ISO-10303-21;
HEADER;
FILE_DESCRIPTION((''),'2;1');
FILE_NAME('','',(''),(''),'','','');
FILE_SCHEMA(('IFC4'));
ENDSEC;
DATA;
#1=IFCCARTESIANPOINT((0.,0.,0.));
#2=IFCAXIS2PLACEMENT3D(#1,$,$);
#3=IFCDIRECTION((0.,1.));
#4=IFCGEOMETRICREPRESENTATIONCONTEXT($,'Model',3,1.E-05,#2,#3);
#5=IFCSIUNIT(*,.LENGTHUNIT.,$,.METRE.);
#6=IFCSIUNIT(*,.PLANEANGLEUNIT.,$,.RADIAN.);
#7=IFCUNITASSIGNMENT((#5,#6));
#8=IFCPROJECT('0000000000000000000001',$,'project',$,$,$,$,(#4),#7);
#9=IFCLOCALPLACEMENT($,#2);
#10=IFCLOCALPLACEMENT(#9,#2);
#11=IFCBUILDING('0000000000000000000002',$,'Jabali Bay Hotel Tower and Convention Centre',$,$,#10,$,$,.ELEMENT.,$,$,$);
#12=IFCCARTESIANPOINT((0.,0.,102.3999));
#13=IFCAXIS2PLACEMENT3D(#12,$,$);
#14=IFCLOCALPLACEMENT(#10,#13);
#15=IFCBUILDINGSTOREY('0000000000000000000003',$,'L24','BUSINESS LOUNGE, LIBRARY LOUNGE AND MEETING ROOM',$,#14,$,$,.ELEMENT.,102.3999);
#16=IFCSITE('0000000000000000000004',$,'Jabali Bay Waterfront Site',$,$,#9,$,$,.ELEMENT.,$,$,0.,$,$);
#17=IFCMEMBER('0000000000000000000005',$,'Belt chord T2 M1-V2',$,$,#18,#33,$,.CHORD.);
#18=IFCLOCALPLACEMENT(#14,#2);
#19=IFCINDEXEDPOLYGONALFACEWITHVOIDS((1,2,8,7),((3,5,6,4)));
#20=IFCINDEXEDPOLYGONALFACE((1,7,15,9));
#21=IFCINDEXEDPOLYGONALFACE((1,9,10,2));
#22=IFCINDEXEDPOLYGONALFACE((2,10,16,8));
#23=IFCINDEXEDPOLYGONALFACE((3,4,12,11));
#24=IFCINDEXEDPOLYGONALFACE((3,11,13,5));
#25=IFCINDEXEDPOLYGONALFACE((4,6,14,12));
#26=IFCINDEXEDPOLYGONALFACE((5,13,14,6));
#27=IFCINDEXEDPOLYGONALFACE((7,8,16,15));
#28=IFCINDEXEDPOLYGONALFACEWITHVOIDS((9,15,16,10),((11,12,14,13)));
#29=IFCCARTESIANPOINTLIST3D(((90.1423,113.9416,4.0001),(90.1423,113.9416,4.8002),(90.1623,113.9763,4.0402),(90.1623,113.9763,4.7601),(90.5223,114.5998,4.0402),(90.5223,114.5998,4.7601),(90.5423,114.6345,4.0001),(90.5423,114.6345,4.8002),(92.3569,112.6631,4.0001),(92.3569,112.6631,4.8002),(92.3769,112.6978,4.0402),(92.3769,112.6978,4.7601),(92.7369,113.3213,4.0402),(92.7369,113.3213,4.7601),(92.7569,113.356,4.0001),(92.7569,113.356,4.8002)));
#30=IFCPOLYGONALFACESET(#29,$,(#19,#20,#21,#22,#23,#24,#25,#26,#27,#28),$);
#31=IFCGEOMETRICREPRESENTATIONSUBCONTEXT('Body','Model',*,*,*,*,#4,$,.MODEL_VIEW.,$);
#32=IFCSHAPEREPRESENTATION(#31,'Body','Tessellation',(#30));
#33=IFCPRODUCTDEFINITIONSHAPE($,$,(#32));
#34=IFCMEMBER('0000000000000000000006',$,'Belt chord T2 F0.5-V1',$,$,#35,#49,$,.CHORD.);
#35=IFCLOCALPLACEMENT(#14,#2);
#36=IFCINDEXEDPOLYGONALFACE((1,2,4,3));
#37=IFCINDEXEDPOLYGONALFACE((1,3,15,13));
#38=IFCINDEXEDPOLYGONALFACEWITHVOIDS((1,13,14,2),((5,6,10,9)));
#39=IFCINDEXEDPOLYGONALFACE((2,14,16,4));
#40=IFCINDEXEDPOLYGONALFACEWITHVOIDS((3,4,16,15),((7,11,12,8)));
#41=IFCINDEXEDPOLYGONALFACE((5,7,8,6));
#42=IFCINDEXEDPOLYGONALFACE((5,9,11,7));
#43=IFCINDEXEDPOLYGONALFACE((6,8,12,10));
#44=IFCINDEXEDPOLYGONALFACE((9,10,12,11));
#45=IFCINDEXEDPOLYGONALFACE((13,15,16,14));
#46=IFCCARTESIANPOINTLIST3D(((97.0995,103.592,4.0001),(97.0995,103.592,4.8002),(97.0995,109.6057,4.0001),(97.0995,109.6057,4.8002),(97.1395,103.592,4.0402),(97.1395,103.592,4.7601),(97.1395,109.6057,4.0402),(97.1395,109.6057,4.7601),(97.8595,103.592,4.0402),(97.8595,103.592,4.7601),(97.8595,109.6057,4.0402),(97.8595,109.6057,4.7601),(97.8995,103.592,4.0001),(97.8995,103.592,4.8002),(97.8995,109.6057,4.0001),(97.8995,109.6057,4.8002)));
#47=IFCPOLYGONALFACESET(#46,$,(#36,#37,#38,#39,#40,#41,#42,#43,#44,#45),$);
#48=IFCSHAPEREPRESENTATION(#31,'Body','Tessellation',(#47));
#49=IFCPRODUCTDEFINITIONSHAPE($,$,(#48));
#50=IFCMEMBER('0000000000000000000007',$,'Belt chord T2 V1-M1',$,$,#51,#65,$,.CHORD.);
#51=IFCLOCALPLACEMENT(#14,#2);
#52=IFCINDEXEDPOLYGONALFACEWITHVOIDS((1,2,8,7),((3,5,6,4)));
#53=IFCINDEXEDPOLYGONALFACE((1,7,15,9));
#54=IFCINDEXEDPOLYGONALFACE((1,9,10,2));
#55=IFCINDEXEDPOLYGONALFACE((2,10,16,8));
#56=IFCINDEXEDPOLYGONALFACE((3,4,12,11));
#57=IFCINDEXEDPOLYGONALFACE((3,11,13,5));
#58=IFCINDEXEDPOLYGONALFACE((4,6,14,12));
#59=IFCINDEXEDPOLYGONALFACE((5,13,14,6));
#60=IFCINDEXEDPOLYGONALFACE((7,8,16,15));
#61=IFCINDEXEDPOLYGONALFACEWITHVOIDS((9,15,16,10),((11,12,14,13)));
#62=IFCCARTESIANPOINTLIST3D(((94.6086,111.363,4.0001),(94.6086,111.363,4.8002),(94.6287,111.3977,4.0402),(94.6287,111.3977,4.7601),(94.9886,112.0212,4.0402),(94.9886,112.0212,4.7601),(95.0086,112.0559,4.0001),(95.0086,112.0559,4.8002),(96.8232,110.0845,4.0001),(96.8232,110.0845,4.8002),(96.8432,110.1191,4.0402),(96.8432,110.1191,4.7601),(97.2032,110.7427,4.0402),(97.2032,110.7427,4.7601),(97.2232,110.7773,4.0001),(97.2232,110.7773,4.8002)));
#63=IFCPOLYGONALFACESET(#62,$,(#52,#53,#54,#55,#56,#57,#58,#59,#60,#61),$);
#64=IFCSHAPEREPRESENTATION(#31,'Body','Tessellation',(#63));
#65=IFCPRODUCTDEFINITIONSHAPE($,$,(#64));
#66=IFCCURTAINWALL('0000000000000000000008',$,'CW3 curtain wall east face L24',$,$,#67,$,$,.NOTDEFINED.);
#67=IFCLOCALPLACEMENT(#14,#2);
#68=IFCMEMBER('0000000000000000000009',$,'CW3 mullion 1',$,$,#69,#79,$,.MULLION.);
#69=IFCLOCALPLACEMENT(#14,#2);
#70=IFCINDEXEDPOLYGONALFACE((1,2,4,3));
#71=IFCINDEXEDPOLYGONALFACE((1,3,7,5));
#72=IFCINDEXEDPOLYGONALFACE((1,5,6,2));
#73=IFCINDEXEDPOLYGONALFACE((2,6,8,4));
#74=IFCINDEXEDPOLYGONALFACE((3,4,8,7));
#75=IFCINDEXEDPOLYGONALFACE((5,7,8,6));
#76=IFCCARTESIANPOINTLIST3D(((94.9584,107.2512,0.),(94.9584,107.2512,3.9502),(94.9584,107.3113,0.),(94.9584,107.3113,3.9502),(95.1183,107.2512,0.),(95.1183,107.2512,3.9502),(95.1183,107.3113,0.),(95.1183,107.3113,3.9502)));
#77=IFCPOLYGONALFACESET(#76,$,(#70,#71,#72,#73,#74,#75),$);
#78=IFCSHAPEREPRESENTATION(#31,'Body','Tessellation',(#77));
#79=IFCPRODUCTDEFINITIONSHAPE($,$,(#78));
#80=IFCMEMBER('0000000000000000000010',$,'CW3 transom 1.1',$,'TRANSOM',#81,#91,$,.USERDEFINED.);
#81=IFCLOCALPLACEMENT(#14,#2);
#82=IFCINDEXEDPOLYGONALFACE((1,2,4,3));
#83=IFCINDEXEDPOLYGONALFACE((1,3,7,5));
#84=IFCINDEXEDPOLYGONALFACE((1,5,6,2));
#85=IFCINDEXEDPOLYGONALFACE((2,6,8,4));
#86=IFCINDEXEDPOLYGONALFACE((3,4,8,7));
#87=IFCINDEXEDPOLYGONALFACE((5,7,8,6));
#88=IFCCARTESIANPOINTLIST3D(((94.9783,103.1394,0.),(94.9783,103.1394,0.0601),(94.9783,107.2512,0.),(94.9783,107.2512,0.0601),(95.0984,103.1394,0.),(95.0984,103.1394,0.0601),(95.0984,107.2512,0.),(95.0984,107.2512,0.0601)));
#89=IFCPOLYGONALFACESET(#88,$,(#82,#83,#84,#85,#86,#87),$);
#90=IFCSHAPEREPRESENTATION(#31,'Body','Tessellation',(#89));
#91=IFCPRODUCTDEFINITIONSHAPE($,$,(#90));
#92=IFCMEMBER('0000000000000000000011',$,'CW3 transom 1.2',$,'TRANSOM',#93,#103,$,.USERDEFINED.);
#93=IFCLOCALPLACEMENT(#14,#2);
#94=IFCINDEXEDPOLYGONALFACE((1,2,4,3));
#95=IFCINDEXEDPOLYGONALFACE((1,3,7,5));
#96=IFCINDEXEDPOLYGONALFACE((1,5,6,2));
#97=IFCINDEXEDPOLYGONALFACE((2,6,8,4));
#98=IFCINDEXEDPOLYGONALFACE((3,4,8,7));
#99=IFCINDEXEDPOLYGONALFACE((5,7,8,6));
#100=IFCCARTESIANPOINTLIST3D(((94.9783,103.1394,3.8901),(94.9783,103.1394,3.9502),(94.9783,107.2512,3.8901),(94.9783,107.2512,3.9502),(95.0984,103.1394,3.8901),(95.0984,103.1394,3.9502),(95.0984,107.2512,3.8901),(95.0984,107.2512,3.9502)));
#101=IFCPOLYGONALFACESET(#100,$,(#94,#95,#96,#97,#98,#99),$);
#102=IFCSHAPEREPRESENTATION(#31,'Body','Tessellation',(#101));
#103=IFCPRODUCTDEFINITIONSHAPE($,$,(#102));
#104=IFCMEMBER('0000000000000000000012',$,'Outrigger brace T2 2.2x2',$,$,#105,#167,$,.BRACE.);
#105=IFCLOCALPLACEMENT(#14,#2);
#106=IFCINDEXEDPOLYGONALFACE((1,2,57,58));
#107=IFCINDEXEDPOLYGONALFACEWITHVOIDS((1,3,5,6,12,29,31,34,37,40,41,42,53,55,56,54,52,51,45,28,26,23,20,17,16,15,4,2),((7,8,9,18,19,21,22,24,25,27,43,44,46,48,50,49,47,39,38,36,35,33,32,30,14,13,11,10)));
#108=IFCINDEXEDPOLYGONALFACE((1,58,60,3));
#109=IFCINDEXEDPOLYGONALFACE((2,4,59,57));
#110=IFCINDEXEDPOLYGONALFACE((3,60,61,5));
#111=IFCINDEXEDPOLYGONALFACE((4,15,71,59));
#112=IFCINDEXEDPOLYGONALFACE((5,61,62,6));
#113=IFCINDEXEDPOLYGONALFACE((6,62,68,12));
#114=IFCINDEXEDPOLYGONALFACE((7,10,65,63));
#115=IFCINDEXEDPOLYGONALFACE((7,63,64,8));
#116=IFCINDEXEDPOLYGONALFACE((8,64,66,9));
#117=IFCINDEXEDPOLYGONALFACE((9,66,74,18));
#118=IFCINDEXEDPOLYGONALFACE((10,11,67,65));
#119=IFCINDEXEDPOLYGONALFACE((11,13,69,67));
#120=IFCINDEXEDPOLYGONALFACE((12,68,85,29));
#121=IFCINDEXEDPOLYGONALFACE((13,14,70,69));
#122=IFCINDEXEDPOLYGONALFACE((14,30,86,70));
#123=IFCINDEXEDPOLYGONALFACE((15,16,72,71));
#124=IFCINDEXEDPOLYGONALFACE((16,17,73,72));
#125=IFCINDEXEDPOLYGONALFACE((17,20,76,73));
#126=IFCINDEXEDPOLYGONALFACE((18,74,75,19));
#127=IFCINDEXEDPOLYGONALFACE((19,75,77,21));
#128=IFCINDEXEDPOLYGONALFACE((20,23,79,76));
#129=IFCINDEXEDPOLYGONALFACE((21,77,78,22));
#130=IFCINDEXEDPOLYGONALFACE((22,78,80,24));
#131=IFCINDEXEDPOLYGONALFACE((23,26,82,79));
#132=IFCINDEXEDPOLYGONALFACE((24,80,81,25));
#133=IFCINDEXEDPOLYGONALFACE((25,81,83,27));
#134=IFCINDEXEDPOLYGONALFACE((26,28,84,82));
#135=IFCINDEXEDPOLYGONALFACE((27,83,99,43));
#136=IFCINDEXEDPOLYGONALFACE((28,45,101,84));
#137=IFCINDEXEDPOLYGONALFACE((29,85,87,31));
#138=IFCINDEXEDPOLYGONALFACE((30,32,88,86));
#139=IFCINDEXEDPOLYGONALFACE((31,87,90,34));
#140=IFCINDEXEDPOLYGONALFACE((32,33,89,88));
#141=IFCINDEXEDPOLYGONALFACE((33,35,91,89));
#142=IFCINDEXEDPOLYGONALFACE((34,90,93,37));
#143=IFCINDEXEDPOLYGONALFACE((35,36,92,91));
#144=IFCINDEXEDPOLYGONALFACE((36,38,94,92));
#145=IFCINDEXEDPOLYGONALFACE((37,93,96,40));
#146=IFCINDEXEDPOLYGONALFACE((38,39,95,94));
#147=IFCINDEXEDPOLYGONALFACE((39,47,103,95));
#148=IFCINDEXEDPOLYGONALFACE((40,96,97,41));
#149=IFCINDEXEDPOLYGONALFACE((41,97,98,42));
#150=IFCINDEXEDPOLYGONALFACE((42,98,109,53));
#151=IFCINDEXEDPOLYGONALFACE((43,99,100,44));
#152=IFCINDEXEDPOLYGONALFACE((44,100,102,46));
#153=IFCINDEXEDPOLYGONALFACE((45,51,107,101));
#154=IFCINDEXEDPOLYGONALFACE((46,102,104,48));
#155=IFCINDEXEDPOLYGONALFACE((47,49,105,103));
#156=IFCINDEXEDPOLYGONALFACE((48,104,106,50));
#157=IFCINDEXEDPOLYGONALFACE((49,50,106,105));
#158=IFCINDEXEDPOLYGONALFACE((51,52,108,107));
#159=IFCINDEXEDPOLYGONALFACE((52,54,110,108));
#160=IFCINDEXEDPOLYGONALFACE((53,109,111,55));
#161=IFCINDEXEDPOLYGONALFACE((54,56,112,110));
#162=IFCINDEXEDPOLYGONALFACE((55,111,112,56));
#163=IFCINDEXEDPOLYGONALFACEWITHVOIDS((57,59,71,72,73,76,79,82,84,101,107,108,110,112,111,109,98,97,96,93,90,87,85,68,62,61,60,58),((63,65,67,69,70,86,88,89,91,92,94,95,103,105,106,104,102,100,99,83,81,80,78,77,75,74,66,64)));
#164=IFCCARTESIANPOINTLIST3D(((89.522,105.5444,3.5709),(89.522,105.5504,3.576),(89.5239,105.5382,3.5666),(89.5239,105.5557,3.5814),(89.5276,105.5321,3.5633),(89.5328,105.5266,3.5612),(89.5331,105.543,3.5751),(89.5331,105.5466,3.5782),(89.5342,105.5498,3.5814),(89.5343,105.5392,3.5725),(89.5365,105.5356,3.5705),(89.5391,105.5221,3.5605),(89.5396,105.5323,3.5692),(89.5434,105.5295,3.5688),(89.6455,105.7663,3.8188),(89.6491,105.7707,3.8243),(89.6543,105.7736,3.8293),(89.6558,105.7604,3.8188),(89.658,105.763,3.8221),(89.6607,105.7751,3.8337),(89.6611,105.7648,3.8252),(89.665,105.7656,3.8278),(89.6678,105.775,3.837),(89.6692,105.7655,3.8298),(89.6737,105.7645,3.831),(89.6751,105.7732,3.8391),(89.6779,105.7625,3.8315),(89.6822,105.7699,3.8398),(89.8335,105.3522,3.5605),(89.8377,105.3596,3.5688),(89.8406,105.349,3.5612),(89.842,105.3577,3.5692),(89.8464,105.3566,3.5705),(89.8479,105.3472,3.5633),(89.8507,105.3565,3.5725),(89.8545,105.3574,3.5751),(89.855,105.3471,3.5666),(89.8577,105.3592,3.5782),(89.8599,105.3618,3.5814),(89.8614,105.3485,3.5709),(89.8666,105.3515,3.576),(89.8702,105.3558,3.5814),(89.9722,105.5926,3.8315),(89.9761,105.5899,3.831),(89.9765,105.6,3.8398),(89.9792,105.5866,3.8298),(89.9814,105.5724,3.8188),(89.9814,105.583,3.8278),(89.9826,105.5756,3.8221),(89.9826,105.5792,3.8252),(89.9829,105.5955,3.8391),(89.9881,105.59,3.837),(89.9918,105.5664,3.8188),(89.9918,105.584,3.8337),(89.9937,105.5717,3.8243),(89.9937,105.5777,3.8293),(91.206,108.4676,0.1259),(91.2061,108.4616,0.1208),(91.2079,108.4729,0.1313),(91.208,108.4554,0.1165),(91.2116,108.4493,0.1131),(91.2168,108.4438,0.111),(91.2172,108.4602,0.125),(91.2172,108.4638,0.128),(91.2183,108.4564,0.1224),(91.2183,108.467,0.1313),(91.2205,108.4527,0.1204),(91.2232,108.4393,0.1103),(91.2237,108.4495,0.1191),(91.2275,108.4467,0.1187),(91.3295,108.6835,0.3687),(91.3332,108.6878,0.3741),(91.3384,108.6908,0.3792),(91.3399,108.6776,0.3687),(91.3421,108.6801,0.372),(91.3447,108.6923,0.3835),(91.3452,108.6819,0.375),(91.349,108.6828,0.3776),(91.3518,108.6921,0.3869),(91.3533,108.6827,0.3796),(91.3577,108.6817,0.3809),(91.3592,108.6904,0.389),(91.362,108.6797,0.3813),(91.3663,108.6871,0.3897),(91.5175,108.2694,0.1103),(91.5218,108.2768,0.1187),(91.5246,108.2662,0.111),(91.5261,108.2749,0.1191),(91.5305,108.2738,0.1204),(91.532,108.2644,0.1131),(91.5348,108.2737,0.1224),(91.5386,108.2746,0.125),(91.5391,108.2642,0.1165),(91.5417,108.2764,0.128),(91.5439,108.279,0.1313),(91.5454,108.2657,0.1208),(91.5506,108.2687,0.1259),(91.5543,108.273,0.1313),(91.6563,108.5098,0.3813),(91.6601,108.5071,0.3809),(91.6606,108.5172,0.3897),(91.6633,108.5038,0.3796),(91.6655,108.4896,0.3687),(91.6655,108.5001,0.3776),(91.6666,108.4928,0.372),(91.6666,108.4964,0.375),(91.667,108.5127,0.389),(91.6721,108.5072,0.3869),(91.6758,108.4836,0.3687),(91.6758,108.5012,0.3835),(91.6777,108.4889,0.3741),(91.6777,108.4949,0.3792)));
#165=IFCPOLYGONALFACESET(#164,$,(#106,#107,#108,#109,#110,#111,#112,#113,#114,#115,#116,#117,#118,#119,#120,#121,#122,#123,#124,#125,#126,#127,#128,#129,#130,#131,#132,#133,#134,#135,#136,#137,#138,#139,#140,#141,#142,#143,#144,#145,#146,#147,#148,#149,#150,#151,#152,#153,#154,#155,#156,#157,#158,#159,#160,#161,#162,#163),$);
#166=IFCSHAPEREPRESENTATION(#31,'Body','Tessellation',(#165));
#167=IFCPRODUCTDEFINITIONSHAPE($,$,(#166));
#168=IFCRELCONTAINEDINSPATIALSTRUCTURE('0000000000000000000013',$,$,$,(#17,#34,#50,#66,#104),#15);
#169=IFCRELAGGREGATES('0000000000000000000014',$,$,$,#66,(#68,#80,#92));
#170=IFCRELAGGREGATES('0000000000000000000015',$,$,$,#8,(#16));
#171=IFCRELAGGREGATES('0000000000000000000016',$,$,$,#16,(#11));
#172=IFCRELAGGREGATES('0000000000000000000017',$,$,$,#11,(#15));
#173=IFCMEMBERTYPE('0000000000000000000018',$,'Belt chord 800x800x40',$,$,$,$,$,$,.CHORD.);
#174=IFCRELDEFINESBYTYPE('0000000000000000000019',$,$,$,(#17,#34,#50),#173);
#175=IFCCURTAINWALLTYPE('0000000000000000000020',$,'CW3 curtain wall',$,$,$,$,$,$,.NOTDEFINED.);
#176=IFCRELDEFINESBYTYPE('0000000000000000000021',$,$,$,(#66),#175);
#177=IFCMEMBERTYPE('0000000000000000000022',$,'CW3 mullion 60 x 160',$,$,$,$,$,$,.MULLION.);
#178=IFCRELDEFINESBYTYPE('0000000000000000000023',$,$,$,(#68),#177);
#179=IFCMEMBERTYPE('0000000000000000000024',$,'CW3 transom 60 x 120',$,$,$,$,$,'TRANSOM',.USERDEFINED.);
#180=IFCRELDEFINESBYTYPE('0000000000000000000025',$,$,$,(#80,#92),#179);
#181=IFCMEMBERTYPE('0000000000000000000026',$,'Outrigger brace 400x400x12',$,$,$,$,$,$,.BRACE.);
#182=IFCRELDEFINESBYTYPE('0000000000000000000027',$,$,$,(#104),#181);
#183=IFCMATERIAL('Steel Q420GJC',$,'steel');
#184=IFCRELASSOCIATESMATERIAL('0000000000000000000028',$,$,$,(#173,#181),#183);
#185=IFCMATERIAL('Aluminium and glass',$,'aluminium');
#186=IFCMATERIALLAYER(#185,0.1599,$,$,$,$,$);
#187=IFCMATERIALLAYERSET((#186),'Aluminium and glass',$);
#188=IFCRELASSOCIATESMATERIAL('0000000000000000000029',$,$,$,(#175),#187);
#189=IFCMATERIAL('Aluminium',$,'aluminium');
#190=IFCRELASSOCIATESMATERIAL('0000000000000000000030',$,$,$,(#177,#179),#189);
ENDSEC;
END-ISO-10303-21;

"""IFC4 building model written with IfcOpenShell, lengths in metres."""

from ifc_helpers import new_model, si_unit, direction, frame, origin, origin_2d, place, context, subcontext, project, spatial, rectangle, hollow_rectangle, extrude, material, layer, layer_set, material_profile, profile_set, type_object, element, aggregate, save


model = new_model("IFC4")

# Units and contexts
model_context = context("Model", 3, precision=1e-05, world=origin(), true_north=direction((0.0, 1.0)))
body_context = subcontext(model_context, "Body", "Model", "MODEL_VIEW")
ifc_project = project(units=[si_unit("LENGTHUNIT", "METRE"), si_unit("PLANEANGLEUNIT", "RADIAN")], contexts=[model_context])

# Site, building, storey
site_placement = place(None, origin())
site = spatial("IfcSite", under=ifc_project, at=site_placement, Name="Jabali Bay Waterfront Site", CompositionType="ELEMENT", RefElevation=0.0)
building_placement = place(site_placement, origin())
building = spatial("IfcBuilding", under=site, at=building_placement, Name="Jabali Bay Hotel Tower and Convention Centre", CompositionType="ELEMENT")
storey_placement = place(building_placement, frame((0.0, 0.0, 102.3999)))
storey = spatial("IfcBuildingStorey", under=building, at=storey_placement, Name="L24", Description="BUSINESS LOUNGE, LIBRARY LOUNGE AND MEETING ROOM", CompositionType="ELEMENT", Elevation=102.3999)

# Members
ifc_material_1 = material(Name="Steel Q420GJC", Category="steel")
ifc_material_profile_1 = material_profile(ifc_material_1, hollow_rectangle(XDim=0.8, YDim=0.8, WallThickness=0.04, at=origin_2d()), Name="Belt chord 800x800x40")
ifc_profile_set_1 = profile_set([ifc_material_profile_1], Name="Steel Q420GJC")
member_type_1 = type_object("IfcMemberType", Name="Belt chord 800x800x40", PredefinedType="CHORD", material=ifc_profile_set_1)
member_1_placement = place(storey_placement, frame((92.5569, 113.0095, 4.4001), z_axis=(-0.866031, 0.49999, 0.0), x_axis=(-0.49999, -0.866031, 0.0)))
element("IfcMember", 1, at=member_1_placement, inside=storey, type_object=member_type_1, Name="Belt chord T2 M1-V2", PredefinedType="CHORD", context=body_context, shape_type="SweptSolid", body=[
    extrude(hollow_rectangle(XDim=0.8, YDim=0.8, WallThickness=0.04, at=origin_2d()), origin(), (0.0, 0.0, 1.0), 2.5571),
])
member_2_placement = place(storey_placement, frame((97.4995, 103.592, 4.4001), z_axis=(0.0, 1.0, 0.0), x_axis=(-1.0, 0.0, 0.0)))
element("IfcMember", 2, at=member_2_placement, inside=storey, type_object=member_type_1, Name="Belt chord T2 F0.5-V1", PredefinedType="CHORD", context=body_context, shape_type="SweptSolid", body=[
    extrude(hollow_rectangle(XDim=0.8, YDim=0.8, WallThickness=0.04, at=origin_2d()), origin(), (0.0, 0.0, 1.0), 6.0137),
])
member_3_placement = place(storey_placement, frame((97.0232, 110.4309, 4.4001), z_axis=(-0.866031, 0.49999, 0.0), x_axis=(-0.49999, -0.866031, 0.0)))
element("IfcMember", 3, at=member_3_placement, inside=storey, type_object=member_type_1, Name="Belt chord T2 V1-M1", PredefinedType="CHORD", context=body_context, shape_type="SweptSolid", body=[
    extrude(hollow_rectangle(XDim=0.8, YDim=0.8, WallThickness=0.04, at=origin_2d()), origin(), (0.0, 0.0, 1.0), 2.5571),
])

# Curtain wall, members
ifc_material_2 = material(Name="Aluminium and glass", Category="aluminium")
ifc_layer_1 = layer(ifc_material_2, 0.1599)
ifc_layer_set_1 = layer_set([ifc_layer_1], Name="Aluminium and glass")
curtain_wall_type = type_object("IfcCurtainWallType", Name="CW3 curtain wall", PredefinedType="NOTDEFINED", material=ifc_layer_set_1)
curtain_wall_placement = place(storey_placement, origin())
curtain_wall = element("IfcCurtainWall", 4, at=curtain_wall_placement, inside=storey, type_object=curtain_wall_type, Name="CW3 curtain wall east face L24", PredefinedType="NOTDEFINED")
ifc_material_3 = material(Name="Aluminium", Category="aluminium")
ifc_material_profile_2 = material_profile(ifc_material_3, rectangle(XDim=0.1599, YDim=0.0601, at=origin_2d()), Name="CW3 mullion 60 x 160")
ifc_profile_set_2 = profile_set([ifc_material_profile_2], Name="Aluminium")
member_type_2 = type_object("IfcMemberType", Name="CW3 mullion 60 x 160", PredefinedType="MULLION", material=ifc_profile_set_2)
member_4_placement = place(storey_placement, frame((95.0383, 107.2812, 0.0), z_axis=(0.0, 0.0, 1.0), x_axis=(1.0, 0.0, 0.0)))
member_4 = element("IfcMember", 5, at=member_4_placement, type_object=member_type_2, Name="CW3 mullion 1", PredefinedType="MULLION", context=body_context, shape_type="SweptSolid", body=[
    extrude(rectangle(XDim=0.1599, YDim=0.0601, at=origin_2d()), origin(), (0.0, 0.0, 1.0), 3.9502),
])
ifc_material_profile_3 = material_profile(ifc_material_3, rectangle(XDim=0.1201, YDim=0.0601, at=origin_2d()), Name="CW3 transom 60 x 120")
ifc_profile_set_3 = profile_set([ifc_material_profile_3], Name="Aluminium")
member_type_3 = type_object("IfcMemberType", Name="CW3 transom 60 x 120", ElementType="TRANSOM", PredefinedType="USERDEFINED", material=ifc_profile_set_3)
member_5_placement = place(storey_placement, frame((95.0383, 107.2512, 0.03), z_axis=(0.0, -1.0, 0.0), x_axis=(1.0, 0.0, 0.0)))
member_5 = element("IfcMember", 6, at=member_5_placement, type_object=member_type_3, Name="CW3 transom 1.1", ObjectType="TRANSOM", PredefinedType="USERDEFINED", context=body_context, shape_type="SweptSolid", body=[
    extrude(rectangle(XDim=0.1201, YDim=0.0601, at=origin_2d()), origin(), (0.0, 0.0, 1.0), 4.1118),
])
member_6_placement = place(storey_placement, frame((95.0383, 107.2512, 3.9202), z_axis=(0.0, -1.0, 0.0), x_axis=(1.0, 0.0, 0.0)))
member_6 = element("IfcMember", 7, at=member_6_placement, type_object=member_type_3, Name="CW3 transom 1.2", ObjectType="TRANSOM", PredefinedType="USERDEFINED", context=body_context, shape_type="SweptSolid", body=[
    extrude(rectangle(XDim=0.1201, YDim=0.0601, at=origin_2d()), origin(), (0.0, 0.0, 1.0), 4.1118),
])

# Member
ifc_material_profile_4 = material_profile(ifc_material_1, hollow_rectangle(XDim=0.3999, YDim=0.3999, WallThickness=0.012, InnerFilletRadius=0.0181, OuterFilletRadius=0.03, at=origin_2d()), Name="Outrigger brace 400x400x12")
ifc_profile_set_4 = profile_set([ifc_material_profile_4], Name="Steel Q420GJC")
member_type_4 = type_object("IfcMemberType", Name="Outrigger brace 400x400x12", PredefinedType="BRACE", material=ifc_profile_set_4)
member_7_placement = place(storey_placement, frame((91.4419, 108.4783, 0.25), z_axis=(-0.34926, -0.605003, 0.715533), x_axis=(0.866049, -0.499959, 0.0)))
element("IfcMember", 8, at=member_7_placement, inside=storey, type_object=member_type_4, Name="Outrigger brace T2 2.2x2", PredefinedType="BRACE", context=body_context, shape_type="SweptSolid", body=[
    extrude(hollow_rectangle(XDim=0.3999, YDim=0.3999, WallThickness=0.012, InnerFilletRadius=0.0181, OuterFilletRadius=0.03, at=origin_2d()), origin(), (0.0, 0.0, 1.0), 4.8218),
])

aggregate(curtain_wall, [member_4, member_5, member_6])

save(model, "model.ifc")
